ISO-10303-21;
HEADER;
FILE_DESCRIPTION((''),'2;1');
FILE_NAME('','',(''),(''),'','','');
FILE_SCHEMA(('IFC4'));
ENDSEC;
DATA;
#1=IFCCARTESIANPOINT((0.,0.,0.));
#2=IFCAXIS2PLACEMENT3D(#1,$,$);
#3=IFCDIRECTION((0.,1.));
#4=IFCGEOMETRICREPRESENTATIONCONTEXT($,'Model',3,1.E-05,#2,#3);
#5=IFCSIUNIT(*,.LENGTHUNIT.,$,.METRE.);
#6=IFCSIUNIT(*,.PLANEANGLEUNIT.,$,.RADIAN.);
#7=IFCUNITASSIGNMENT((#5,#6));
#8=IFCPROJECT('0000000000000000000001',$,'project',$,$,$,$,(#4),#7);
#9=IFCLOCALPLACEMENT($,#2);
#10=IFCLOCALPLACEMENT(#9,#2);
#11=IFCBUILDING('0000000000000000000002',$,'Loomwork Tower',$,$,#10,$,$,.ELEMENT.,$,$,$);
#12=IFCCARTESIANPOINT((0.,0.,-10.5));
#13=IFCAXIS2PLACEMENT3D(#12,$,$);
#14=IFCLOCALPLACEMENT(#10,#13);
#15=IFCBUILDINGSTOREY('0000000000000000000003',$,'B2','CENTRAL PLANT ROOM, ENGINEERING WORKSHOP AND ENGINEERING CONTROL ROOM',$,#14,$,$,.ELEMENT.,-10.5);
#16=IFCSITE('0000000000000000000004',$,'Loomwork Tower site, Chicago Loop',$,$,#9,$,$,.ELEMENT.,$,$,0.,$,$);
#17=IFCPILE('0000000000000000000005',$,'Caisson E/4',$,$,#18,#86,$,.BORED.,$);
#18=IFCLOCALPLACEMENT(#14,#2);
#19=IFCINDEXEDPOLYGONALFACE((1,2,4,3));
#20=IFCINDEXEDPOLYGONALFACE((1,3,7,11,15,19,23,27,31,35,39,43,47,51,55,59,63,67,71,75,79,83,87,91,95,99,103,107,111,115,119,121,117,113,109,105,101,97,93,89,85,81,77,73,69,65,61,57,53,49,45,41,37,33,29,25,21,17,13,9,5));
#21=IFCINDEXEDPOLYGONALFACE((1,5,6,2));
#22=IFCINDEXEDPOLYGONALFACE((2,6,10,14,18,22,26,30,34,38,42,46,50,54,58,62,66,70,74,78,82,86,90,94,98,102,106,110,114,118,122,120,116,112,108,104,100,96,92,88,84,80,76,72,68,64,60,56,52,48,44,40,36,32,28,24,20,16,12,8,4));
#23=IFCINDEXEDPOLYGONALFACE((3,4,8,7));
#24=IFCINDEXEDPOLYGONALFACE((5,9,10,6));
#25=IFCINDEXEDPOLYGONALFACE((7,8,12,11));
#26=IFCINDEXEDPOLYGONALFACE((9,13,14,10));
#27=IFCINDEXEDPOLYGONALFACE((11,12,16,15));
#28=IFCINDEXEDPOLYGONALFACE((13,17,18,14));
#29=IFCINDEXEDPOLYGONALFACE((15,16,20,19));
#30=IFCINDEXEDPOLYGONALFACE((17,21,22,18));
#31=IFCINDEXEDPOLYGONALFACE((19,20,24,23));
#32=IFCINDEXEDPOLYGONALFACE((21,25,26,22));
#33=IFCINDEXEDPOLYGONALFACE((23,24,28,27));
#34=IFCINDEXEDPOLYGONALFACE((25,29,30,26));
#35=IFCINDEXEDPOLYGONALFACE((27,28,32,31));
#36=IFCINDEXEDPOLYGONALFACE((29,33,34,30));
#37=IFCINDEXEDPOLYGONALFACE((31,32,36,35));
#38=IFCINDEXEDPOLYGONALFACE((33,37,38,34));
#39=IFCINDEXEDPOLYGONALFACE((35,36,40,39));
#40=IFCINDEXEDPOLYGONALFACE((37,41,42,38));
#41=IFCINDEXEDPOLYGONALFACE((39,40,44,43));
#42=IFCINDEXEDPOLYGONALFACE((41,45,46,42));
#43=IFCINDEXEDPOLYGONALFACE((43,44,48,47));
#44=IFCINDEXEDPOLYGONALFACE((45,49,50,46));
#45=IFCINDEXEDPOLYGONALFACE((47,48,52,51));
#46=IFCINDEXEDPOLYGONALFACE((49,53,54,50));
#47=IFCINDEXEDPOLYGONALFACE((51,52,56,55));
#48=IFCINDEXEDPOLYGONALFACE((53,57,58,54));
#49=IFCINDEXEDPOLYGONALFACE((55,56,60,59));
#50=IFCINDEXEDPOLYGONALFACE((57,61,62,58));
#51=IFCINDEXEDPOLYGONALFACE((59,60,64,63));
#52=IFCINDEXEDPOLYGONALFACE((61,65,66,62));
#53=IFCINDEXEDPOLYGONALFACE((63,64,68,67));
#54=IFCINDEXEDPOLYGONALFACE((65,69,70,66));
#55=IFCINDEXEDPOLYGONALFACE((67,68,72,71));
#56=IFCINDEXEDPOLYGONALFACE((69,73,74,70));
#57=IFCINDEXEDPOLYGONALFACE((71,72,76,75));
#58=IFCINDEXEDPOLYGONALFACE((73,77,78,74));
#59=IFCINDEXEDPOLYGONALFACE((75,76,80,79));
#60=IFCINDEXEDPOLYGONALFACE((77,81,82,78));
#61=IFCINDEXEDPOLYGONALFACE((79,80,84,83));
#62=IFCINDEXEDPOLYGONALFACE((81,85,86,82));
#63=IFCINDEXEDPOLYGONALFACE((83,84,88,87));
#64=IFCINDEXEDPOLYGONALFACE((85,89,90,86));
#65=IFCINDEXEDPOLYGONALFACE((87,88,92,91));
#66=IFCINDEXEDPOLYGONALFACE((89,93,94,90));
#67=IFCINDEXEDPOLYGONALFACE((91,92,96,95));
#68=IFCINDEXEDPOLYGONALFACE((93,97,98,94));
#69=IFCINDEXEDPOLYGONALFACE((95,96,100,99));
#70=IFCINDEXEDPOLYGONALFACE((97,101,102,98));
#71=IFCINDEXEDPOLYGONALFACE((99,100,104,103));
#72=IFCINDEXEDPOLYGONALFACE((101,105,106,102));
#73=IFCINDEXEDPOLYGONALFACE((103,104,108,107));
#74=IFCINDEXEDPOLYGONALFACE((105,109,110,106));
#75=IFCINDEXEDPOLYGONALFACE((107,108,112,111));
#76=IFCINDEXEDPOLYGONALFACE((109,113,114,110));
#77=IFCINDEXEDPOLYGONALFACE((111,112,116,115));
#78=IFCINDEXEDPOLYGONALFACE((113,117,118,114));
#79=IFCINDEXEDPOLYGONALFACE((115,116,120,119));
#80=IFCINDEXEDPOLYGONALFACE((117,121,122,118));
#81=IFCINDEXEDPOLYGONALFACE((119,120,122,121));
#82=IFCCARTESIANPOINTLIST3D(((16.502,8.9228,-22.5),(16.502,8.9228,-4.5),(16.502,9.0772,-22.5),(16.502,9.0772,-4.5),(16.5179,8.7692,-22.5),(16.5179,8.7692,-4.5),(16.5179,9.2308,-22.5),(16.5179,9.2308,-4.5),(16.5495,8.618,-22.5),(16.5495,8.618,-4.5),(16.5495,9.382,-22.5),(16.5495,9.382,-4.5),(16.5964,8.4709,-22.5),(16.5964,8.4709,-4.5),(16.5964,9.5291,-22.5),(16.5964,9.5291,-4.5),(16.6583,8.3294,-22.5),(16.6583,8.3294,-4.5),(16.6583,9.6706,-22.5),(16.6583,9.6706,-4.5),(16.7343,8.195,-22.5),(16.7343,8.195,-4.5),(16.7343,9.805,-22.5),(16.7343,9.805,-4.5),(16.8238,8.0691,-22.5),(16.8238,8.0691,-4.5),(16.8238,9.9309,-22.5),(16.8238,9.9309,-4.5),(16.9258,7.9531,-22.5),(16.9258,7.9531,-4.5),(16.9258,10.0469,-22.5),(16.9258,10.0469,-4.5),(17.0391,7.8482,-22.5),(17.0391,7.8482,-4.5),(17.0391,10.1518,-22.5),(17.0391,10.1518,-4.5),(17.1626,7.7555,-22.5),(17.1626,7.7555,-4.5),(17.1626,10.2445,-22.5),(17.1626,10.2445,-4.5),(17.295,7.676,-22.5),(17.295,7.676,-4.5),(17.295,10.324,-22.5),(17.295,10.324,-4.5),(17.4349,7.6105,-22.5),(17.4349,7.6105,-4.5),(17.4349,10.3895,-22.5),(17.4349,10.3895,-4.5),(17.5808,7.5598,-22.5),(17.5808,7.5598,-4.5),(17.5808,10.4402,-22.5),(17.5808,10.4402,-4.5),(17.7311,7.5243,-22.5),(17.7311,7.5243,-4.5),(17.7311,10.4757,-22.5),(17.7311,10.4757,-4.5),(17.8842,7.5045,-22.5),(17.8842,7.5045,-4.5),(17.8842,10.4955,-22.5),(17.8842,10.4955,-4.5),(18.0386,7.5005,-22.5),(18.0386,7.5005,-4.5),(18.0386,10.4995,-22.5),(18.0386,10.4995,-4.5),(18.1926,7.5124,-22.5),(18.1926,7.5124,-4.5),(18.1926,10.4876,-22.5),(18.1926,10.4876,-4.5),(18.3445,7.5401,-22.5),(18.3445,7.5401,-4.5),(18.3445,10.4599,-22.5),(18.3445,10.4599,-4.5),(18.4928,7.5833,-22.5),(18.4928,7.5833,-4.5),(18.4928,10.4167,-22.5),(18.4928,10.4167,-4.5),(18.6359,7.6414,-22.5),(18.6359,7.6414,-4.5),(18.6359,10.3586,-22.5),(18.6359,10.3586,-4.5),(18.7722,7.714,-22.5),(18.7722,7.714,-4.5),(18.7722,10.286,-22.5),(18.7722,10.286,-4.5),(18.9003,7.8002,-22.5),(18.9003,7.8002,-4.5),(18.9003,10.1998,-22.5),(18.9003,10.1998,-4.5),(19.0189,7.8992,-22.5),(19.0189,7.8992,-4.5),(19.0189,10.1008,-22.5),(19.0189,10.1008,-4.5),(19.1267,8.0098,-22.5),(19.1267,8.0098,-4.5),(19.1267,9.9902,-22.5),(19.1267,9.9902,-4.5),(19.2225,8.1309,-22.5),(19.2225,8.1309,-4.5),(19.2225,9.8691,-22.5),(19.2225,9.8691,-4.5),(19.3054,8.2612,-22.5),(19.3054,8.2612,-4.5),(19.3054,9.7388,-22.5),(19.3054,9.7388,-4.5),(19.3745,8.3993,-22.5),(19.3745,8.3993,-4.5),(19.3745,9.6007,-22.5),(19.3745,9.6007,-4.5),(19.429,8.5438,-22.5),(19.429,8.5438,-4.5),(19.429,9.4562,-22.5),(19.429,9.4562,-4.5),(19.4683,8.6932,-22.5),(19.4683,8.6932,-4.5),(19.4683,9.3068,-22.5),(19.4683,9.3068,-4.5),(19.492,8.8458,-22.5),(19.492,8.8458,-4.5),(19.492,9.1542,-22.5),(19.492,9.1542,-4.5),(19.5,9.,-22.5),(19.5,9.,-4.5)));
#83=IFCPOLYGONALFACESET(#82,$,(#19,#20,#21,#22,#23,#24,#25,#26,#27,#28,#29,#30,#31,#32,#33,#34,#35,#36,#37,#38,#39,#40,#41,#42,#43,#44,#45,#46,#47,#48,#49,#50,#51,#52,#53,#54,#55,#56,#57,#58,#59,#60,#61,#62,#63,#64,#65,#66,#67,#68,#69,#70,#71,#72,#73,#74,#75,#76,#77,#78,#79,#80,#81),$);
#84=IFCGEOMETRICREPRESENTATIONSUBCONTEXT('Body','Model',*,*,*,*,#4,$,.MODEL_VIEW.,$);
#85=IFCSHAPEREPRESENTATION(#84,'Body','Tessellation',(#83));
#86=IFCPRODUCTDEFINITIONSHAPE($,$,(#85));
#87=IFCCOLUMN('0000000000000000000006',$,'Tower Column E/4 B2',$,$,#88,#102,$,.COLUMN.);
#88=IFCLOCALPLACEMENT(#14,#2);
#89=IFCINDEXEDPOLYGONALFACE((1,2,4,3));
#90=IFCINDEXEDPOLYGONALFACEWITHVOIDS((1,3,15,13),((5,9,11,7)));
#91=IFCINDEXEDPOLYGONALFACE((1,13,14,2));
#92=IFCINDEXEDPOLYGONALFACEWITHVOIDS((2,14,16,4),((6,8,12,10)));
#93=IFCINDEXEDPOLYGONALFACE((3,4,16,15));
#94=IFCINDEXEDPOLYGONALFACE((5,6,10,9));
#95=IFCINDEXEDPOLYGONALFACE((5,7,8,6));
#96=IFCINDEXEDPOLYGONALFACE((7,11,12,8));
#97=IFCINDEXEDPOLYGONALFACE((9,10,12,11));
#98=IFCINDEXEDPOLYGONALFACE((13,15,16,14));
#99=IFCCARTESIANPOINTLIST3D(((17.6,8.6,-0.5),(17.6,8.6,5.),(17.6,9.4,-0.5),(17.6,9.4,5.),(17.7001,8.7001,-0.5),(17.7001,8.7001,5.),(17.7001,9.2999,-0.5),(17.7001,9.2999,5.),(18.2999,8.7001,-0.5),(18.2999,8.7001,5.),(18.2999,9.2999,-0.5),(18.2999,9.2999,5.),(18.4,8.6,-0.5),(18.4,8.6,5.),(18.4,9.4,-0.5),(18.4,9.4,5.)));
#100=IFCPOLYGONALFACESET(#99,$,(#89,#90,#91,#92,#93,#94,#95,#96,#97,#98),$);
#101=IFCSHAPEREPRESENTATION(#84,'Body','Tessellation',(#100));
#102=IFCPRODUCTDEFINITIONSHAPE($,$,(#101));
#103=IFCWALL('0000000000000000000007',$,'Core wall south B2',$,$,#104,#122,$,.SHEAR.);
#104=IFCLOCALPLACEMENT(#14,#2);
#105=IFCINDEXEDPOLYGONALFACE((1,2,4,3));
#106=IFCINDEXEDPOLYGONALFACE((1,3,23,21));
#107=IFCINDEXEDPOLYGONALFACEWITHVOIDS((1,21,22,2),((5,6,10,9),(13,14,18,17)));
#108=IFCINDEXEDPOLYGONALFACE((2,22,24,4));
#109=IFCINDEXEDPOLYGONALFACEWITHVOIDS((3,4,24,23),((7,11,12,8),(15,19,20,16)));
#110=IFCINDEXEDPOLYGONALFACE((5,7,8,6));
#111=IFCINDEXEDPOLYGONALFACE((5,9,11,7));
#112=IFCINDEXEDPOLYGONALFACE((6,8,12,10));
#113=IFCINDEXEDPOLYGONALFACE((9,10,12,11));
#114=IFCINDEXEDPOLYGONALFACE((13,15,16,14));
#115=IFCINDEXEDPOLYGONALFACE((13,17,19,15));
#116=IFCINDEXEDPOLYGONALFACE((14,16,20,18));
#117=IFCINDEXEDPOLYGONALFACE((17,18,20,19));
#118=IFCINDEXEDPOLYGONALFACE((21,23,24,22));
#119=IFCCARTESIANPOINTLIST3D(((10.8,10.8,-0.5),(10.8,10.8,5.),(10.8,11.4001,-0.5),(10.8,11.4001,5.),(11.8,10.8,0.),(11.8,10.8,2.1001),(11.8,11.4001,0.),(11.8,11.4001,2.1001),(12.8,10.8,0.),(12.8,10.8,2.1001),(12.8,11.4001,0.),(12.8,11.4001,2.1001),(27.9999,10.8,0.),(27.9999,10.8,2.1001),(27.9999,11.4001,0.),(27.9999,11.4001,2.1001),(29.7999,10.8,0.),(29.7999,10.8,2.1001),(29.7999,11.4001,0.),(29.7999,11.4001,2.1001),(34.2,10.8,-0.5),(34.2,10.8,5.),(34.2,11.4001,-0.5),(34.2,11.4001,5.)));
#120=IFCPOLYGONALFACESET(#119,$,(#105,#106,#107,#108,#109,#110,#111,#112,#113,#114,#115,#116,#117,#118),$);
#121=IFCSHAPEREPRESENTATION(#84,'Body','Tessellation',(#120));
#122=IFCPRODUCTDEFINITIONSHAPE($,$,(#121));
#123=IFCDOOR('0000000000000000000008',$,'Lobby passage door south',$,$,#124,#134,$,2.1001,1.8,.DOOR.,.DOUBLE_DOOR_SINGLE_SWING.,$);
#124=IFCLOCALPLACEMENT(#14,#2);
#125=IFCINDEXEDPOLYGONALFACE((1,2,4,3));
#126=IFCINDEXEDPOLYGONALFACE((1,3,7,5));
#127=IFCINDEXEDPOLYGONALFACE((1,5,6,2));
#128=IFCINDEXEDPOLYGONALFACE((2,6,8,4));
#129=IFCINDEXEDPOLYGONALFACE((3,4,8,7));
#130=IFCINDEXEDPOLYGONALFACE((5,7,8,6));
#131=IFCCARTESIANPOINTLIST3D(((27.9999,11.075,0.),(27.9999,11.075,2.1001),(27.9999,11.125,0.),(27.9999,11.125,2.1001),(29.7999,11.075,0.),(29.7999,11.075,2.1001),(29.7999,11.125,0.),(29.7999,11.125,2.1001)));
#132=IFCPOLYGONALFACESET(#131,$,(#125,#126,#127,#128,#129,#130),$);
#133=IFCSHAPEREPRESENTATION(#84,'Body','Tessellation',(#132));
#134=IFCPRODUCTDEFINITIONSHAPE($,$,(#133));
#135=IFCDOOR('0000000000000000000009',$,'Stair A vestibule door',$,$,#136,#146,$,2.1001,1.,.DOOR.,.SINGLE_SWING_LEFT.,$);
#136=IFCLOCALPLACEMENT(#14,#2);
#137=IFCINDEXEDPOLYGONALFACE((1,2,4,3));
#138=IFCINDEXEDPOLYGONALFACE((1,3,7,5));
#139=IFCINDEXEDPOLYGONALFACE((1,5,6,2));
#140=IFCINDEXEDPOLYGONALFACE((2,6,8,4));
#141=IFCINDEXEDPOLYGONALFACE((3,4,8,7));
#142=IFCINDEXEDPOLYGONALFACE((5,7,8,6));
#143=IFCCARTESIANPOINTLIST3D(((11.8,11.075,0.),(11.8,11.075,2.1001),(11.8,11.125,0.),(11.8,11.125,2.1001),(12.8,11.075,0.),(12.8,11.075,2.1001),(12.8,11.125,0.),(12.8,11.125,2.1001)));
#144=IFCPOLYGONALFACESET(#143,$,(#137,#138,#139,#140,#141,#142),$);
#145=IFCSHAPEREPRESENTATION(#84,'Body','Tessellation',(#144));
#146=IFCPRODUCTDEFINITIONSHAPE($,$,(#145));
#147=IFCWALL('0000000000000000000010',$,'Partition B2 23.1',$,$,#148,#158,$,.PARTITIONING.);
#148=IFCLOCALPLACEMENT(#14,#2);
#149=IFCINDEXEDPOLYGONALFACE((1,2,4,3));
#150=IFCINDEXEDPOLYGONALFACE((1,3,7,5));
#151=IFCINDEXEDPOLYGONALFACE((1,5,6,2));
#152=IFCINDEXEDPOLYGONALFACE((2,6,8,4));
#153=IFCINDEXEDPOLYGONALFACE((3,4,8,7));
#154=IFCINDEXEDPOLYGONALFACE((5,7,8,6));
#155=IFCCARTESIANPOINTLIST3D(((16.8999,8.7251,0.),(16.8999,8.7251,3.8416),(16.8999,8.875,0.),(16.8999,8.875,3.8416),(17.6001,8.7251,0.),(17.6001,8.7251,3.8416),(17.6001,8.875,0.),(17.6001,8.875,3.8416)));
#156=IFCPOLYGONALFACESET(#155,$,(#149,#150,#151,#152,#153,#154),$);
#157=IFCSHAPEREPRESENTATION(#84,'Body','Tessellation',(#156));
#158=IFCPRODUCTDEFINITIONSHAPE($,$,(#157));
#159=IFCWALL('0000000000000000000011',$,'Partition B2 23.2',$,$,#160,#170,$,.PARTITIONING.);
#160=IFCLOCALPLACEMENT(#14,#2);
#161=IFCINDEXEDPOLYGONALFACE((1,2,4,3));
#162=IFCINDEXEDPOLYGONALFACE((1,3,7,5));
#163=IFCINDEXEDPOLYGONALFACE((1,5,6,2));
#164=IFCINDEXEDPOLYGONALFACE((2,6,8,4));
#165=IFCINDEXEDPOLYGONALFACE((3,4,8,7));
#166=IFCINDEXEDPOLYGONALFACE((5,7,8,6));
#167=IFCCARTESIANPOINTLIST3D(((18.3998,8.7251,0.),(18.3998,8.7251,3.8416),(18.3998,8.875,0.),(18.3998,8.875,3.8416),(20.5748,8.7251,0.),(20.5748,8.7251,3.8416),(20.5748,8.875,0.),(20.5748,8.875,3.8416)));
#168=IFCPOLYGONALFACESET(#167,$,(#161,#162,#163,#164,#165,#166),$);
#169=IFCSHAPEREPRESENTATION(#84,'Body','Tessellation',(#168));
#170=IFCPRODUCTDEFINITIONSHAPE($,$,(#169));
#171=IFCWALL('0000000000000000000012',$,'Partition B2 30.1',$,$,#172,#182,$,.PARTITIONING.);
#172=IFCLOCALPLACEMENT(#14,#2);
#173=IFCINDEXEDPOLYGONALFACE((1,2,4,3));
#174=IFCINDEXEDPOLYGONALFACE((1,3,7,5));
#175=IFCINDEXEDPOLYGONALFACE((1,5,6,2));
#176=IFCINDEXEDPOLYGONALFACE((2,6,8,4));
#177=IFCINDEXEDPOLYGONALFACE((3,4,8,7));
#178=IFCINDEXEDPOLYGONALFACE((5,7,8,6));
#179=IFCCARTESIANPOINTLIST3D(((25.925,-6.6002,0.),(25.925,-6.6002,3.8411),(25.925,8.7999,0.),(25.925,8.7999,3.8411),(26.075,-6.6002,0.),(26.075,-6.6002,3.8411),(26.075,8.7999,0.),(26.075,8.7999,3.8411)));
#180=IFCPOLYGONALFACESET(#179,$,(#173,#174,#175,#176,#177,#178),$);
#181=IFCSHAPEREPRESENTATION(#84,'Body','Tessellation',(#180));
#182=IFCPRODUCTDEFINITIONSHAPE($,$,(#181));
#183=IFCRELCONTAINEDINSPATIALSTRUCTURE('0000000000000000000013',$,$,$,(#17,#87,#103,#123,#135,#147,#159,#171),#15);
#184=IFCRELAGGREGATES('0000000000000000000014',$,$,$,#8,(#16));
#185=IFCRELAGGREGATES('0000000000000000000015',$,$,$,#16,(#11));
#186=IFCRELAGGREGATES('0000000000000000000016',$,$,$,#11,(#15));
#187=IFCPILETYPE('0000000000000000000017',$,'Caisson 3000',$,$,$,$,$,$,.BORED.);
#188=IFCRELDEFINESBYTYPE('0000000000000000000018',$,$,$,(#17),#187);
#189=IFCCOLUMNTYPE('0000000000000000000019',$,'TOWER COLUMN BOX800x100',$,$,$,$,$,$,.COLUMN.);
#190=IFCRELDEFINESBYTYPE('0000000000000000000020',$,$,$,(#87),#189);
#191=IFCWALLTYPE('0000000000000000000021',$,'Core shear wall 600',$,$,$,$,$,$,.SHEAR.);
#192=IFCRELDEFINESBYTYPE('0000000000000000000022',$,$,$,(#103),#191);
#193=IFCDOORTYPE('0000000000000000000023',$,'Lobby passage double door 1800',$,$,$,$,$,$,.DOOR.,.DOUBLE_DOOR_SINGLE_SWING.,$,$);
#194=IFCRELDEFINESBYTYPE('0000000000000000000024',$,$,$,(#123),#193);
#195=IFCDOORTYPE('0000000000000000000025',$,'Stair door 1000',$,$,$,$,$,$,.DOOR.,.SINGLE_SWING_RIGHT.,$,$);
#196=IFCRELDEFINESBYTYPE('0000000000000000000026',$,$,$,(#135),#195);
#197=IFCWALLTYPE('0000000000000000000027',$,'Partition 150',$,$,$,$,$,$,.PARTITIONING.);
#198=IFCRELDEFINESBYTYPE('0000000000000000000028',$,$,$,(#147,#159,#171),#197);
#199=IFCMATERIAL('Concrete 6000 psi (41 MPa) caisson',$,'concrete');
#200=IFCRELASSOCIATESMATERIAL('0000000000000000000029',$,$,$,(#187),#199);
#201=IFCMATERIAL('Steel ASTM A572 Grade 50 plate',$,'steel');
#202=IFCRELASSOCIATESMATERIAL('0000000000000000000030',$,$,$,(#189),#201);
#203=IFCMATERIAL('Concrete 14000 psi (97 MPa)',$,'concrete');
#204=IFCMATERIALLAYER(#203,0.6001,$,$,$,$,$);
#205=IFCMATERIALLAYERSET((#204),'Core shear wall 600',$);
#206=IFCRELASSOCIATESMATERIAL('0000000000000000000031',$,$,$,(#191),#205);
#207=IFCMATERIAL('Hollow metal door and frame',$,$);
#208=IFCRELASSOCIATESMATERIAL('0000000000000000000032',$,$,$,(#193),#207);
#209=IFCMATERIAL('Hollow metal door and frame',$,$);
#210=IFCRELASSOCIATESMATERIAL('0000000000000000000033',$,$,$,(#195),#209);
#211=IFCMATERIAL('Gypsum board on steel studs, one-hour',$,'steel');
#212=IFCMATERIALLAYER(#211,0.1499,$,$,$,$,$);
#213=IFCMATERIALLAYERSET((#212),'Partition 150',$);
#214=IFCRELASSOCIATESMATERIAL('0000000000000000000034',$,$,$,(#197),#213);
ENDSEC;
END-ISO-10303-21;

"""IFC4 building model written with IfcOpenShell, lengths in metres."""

from ifc_helpers import new_model, si_unit, direction, frame, frame_2d, origin, origin_2d, place, context, subcontext, project, spatial, rectangle, hollow_rectangle, circle, extrude, material, layer, layer_set, material_profile, profile_set, type_object, element, fill, save


model = new_model("IFC4")

# Units and contexts
model_context = context("Model", 3, precision=1e-05, world=origin(), true_north=direction((0.0, 1.0)))
body_context = subcontext(model_context, "Body", "Model", "MODEL_VIEW")
ifc_project = project(units=[si_unit("LENGTHUNIT", "METRE"), si_unit("PLANEANGLEUNIT", "RADIAN")], contexts=[model_context])

# Site, building, storey
site_placement = place(None, origin())
site = spatial("IfcSite", under=ifc_project, at=site_placement, Name="Loomwork Tower site, Chicago Loop", CompositionType="ELEMENT", RefElevation=0.0)
building_placement = place(site_placement, origin())
building = spatial("IfcBuilding", under=site, at=building_placement, Name="Loomwork Tower", CompositionType="ELEMENT")
storey_placement = place(building_placement, frame((0.0, 0.0, -10.5)))
storey = spatial("IfcBuildingStorey", under=building, at=storey_placement, Name="B2", Description="CENTRAL PLANT ROOM, ENGINEERING WORKSHOP AND ENGINEERING CONTROL ROOM", CompositionType="ELEMENT", Elevation=-10.5)

# Pile
ifc_material_1 = material(Name="Concrete 6000 psi (41 MPa) caisson", Category="concrete")
ifc_material_profile_1 = material_profile(ifc_material_1, circle(Radius=1.5, at=origin_2d()), Name="D3000")
ifc_profile_set_1 = profile_set([ifc_material_profile_1], Name="Concrete 6000 psi (41 MPa) caisson")
pile_type = type_object("IfcPileType", Name="Caisson 3000", PredefinedType="BORED", material=ifc_profile_set_1)
pile_placement = place(storey_placement, frame((18.0, 9.0, -4.5), z_axis=(0.0, 0.0, -1.0), x_axis=(1.0, 0.0, 0.0)))
element("IfcPile", 1, at=pile_placement, inside=storey, type_object=pile_type, Name="Caisson E/4", PredefinedType="BORED", context=body_context, shape_type="SweptSolid", body=[
    extrude(circle(Radius=1.5, at=origin_2d()), origin(), (0.0, 0.0, 1.0), 18.0),
])

# Column
ifc_material_2 = material(Name="Steel ASTM A572 Grade 50 plate", Category="steel")
ifc_material_profile_2 = material_profile(ifc_material_2, hollow_rectangle(XDim=0.8, YDim=0.8, WallThickness=0.1001, at=origin_2d()), Name="BOX800x100")
ifc_profile_set_2 = profile_set([ifc_material_profile_2], Name="Steel ASTM A572 Grade 50 plate")
column_type = type_object("IfcColumnType", Name="TOWER COLUMN BOX800x100", PredefinedType="COLUMN", material=ifc_profile_set_2)
column_placement = place(storey_placement, frame((18.0, 9.0, -0.5), z_axis=(0.0, 0.0, 1.0), x_axis=(1.0, 0.0, 0.0)))
element("IfcColumn", 2, at=column_placement, inside=storey, type_object=column_type, Name="Tower Column E/4 B2", PredefinedType="COLUMN", context=body_context, shape_type="SweptSolid", body=[
    extrude(hollow_rectangle(XDim=0.8, YDim=0.8, WallThickness=0.1001, at=origin_2d()), origin(), (0.0, 0.0, 1.0), 5.5),
])

# Wall, openings, doors
ifc_material_3 = material(Name="Concrete 14000 psi (97 MPa)", Category="concrete")
ifc_layer_1 = layer(ifc_material_3, 0.6001)
ifc_layer_set_1 = layer_set([ifc_layer_1], Name="Core shear wall 600")
wall_type_1 = type_object("IfcWallType", Name="Core shear wall 600", PredefinedType="SHEAR", material=ifc_layer_set_1)
wall_1_placement = place(storey_placement, frame((10.8, 11.1001, -0.5), z_axis=(0.0, 0.0, 1.0), x_axis=(1.0, 0.0, 0.0)))
wall_1 = element("IfcWall", 3, at=wall_1_placement, inside=storey, type_object=wall_type_1, Name="Core wall south B2", PredefinedType="SHEAR", context=body_context, shape_type="SweptSolid", body=[
    extrude(rectangle(XDim=23.3999, YDim=0.6001, at=frame_2d((11.7, 0.0))), origin(), (0.0, 0.0, 1.0), 5.5),
])
opening_1_placement = place(wall_1_placement, frame((1.0, 0.0, 0.5)))
opening_1 = element("IfcOpeningElement", 4, at=opening_1_placement, cuts=wall_1, PredefinedType="OPENING", context=body_context, shape_type="SweptSolid", body=[
    extrude(rectangle(XDim=1.0, YDim=2.1001, at=frame_2d((0.5, 1.05))), frame((0.0, 0.3101, 0.0), z_axis=(0.0, -1.0, 0.0), x_axis=(1.0, 0.0, 0.0)), (0.0, 0.0, 1.0), 0.6201),
])
opening_2_placement = place(wall_1_placement, frame((17.2, 0.0, 0.5)))
opening_2 = element("IfcOpeningElement", 5, at=opening_2_placement, cuts=wall_1, PredefinedType="OPENING", context=body_context, shape_type="SweptSolid", body=[
    extrude(rectangle(XDim=1.8, YDim=2.1001, at=frame_2d((0.8999, 1.05))), frame((0.0, 0.3101, 0.0), z_axis=(0.0, -1.0, 0.0), x_axis=(1.0, 0.0, 0.0)), (0.0, 0.0, 1.0), 0.6201),
])
ifc_material_4 = material(Name="Hollow metal door and frame")
door_type_1 = type_object("IfcDoorType", Name="Lobby passage double door 1800", OperationType="DOUBLE_DOOR_SINGLE_SWING", PredefinedType="DOOR", material=ifc_material_4)
door_1_placement = place(opening_2_placement, origin())
door_1 = element("IfcDoor", 6, at=door_1_placement, inside=storey, type_object=door_type_1, Name="Lobby passage door south", OperationType="DOUBLE_DOOR_SINGLE_SWING", OverallHeight=2.1001, OverallWidth=1.8, PredefinedType="DOOR", context=body_context, shape_type="SweptSolid", body=[
    extrude(rectangle(XDim=1.8, YDim=2.1001, at=frame_2d((0.8999, 1.05))), frame((0.0, 0.0249, 0.0), z_axis=(0.0, -1.0, 0.0), x_axis=(1.0, 0.0, 0.0)), (0.0, 0.0, 1.0), 0.05),
])
fill(opening_2, door_1)
ifc_material_5 = material(Name="Hollow metal door and frame")
door_type_2 = type_object("IfcDoorType", Name="Stair door 1000", OperationType="SINGLE_SWING_RIGHT", PredefinedType="DOOR", material=ifc_material_5)
door_2_placement = place(opening_1_placement, origin())
door_2 = element("IfcDoor", 7, at=door_2_placement, inside=storey, type_object=door_type_2, Name="Stair A vestibule door", OperationType="SINGLE_SWING_LEFT", OverallHeight=2.1001, OverallWidth=1.0, PredefinedType="DOOR", context=body_context, shape_type="SweptSolid", body=[
    extrude(rectangle(XDim=1.0, YDim=2.1001, at=frame_2d((0.5, 1.05))), frame((0.0, 0.0249, 0.0), z_axis=(0.0, -1.0, 0.0), x_axis=(1.0, 0.0, 0.0)), (0.0, 0.0, 1.0), 0.05),
])
fill(opening_1, door_2)

# Walls
ifc_material_6 = material(Name="Gypsum board on steel studs, one-hour", Category="steel")
ifc_layer_2 = layer(ifc_material_6, 0.1499)
ifc_layer_set_2 = layer_set([ifc_layer_2], Name="Partition 150")
wall_type_2 = type_object("IfcWallType", Name="Partition 150", PredefinedType="PARTITIONING", material=ifc_layer_set_2)
wall_2_placement = place(storey_placement, frame((16.8999, 8.8, 0.0), z_axis=(0.0, 0.0, 1.0), x_axis=(1.0, 0.0, 0.0)))
element("IfcWall", 8, at=wall_2_placement, inside=storey, type_object=wall_type_2, Name="Partition B2 23.1", PredefinedType="PARTITIONING", context=body_context, shape_type="SweptSolid", body=[
    extrude(rectangle(XDim=0.7002, YDim=0.1499, at=frame_2d((0.3501, 0.0))), origin(), (0.0, 0.0, 1.0), 3.8416),
])
wall_3_placement = place(storey_placement, frame((18.3999, 8.8, 0.0), z_axis=(0.0, 0.0, 1.0), x_axis=(1.0, 0.0, 0.0)))
element("IfcWall", 9, at=wall_3_placement, inside=storey, type_object=wall_type_2, Name="Partition B2 23.2", PredefinedType="PARTITIONING", context=body_context, shape_type="SweptSolid", body=[
    extrude(rectangle(XDim=2.175, YDim=0.1499, at=frame_2d((1.0874, 0.0))), origin(), (0.0, 0.0, 1.0), 3.8416),
])
wall_4_placement = place(storey_placement, frame((26.0, 8.8, 0.0), z_axis=(0.0, 0.0, 1.0), x_axis=(0.0, -1.0, 0.0)))
element("IfcWall", 10, at=wall_4_placement, inside=storey, type_object=wall_type_2, Name="Partition B2 30.1", PredefinedType="PARTITIONING", context=body_context, shape_type="SweptSolid", body=[
    extrude(rectangle(XDim=15.4001, YDim=0.1499, at=frame_2d((7.7002, 0.0))), origin(), (0.0, 0.0, 1.0), 3.8411),
])

save(model, "model.ifc")
